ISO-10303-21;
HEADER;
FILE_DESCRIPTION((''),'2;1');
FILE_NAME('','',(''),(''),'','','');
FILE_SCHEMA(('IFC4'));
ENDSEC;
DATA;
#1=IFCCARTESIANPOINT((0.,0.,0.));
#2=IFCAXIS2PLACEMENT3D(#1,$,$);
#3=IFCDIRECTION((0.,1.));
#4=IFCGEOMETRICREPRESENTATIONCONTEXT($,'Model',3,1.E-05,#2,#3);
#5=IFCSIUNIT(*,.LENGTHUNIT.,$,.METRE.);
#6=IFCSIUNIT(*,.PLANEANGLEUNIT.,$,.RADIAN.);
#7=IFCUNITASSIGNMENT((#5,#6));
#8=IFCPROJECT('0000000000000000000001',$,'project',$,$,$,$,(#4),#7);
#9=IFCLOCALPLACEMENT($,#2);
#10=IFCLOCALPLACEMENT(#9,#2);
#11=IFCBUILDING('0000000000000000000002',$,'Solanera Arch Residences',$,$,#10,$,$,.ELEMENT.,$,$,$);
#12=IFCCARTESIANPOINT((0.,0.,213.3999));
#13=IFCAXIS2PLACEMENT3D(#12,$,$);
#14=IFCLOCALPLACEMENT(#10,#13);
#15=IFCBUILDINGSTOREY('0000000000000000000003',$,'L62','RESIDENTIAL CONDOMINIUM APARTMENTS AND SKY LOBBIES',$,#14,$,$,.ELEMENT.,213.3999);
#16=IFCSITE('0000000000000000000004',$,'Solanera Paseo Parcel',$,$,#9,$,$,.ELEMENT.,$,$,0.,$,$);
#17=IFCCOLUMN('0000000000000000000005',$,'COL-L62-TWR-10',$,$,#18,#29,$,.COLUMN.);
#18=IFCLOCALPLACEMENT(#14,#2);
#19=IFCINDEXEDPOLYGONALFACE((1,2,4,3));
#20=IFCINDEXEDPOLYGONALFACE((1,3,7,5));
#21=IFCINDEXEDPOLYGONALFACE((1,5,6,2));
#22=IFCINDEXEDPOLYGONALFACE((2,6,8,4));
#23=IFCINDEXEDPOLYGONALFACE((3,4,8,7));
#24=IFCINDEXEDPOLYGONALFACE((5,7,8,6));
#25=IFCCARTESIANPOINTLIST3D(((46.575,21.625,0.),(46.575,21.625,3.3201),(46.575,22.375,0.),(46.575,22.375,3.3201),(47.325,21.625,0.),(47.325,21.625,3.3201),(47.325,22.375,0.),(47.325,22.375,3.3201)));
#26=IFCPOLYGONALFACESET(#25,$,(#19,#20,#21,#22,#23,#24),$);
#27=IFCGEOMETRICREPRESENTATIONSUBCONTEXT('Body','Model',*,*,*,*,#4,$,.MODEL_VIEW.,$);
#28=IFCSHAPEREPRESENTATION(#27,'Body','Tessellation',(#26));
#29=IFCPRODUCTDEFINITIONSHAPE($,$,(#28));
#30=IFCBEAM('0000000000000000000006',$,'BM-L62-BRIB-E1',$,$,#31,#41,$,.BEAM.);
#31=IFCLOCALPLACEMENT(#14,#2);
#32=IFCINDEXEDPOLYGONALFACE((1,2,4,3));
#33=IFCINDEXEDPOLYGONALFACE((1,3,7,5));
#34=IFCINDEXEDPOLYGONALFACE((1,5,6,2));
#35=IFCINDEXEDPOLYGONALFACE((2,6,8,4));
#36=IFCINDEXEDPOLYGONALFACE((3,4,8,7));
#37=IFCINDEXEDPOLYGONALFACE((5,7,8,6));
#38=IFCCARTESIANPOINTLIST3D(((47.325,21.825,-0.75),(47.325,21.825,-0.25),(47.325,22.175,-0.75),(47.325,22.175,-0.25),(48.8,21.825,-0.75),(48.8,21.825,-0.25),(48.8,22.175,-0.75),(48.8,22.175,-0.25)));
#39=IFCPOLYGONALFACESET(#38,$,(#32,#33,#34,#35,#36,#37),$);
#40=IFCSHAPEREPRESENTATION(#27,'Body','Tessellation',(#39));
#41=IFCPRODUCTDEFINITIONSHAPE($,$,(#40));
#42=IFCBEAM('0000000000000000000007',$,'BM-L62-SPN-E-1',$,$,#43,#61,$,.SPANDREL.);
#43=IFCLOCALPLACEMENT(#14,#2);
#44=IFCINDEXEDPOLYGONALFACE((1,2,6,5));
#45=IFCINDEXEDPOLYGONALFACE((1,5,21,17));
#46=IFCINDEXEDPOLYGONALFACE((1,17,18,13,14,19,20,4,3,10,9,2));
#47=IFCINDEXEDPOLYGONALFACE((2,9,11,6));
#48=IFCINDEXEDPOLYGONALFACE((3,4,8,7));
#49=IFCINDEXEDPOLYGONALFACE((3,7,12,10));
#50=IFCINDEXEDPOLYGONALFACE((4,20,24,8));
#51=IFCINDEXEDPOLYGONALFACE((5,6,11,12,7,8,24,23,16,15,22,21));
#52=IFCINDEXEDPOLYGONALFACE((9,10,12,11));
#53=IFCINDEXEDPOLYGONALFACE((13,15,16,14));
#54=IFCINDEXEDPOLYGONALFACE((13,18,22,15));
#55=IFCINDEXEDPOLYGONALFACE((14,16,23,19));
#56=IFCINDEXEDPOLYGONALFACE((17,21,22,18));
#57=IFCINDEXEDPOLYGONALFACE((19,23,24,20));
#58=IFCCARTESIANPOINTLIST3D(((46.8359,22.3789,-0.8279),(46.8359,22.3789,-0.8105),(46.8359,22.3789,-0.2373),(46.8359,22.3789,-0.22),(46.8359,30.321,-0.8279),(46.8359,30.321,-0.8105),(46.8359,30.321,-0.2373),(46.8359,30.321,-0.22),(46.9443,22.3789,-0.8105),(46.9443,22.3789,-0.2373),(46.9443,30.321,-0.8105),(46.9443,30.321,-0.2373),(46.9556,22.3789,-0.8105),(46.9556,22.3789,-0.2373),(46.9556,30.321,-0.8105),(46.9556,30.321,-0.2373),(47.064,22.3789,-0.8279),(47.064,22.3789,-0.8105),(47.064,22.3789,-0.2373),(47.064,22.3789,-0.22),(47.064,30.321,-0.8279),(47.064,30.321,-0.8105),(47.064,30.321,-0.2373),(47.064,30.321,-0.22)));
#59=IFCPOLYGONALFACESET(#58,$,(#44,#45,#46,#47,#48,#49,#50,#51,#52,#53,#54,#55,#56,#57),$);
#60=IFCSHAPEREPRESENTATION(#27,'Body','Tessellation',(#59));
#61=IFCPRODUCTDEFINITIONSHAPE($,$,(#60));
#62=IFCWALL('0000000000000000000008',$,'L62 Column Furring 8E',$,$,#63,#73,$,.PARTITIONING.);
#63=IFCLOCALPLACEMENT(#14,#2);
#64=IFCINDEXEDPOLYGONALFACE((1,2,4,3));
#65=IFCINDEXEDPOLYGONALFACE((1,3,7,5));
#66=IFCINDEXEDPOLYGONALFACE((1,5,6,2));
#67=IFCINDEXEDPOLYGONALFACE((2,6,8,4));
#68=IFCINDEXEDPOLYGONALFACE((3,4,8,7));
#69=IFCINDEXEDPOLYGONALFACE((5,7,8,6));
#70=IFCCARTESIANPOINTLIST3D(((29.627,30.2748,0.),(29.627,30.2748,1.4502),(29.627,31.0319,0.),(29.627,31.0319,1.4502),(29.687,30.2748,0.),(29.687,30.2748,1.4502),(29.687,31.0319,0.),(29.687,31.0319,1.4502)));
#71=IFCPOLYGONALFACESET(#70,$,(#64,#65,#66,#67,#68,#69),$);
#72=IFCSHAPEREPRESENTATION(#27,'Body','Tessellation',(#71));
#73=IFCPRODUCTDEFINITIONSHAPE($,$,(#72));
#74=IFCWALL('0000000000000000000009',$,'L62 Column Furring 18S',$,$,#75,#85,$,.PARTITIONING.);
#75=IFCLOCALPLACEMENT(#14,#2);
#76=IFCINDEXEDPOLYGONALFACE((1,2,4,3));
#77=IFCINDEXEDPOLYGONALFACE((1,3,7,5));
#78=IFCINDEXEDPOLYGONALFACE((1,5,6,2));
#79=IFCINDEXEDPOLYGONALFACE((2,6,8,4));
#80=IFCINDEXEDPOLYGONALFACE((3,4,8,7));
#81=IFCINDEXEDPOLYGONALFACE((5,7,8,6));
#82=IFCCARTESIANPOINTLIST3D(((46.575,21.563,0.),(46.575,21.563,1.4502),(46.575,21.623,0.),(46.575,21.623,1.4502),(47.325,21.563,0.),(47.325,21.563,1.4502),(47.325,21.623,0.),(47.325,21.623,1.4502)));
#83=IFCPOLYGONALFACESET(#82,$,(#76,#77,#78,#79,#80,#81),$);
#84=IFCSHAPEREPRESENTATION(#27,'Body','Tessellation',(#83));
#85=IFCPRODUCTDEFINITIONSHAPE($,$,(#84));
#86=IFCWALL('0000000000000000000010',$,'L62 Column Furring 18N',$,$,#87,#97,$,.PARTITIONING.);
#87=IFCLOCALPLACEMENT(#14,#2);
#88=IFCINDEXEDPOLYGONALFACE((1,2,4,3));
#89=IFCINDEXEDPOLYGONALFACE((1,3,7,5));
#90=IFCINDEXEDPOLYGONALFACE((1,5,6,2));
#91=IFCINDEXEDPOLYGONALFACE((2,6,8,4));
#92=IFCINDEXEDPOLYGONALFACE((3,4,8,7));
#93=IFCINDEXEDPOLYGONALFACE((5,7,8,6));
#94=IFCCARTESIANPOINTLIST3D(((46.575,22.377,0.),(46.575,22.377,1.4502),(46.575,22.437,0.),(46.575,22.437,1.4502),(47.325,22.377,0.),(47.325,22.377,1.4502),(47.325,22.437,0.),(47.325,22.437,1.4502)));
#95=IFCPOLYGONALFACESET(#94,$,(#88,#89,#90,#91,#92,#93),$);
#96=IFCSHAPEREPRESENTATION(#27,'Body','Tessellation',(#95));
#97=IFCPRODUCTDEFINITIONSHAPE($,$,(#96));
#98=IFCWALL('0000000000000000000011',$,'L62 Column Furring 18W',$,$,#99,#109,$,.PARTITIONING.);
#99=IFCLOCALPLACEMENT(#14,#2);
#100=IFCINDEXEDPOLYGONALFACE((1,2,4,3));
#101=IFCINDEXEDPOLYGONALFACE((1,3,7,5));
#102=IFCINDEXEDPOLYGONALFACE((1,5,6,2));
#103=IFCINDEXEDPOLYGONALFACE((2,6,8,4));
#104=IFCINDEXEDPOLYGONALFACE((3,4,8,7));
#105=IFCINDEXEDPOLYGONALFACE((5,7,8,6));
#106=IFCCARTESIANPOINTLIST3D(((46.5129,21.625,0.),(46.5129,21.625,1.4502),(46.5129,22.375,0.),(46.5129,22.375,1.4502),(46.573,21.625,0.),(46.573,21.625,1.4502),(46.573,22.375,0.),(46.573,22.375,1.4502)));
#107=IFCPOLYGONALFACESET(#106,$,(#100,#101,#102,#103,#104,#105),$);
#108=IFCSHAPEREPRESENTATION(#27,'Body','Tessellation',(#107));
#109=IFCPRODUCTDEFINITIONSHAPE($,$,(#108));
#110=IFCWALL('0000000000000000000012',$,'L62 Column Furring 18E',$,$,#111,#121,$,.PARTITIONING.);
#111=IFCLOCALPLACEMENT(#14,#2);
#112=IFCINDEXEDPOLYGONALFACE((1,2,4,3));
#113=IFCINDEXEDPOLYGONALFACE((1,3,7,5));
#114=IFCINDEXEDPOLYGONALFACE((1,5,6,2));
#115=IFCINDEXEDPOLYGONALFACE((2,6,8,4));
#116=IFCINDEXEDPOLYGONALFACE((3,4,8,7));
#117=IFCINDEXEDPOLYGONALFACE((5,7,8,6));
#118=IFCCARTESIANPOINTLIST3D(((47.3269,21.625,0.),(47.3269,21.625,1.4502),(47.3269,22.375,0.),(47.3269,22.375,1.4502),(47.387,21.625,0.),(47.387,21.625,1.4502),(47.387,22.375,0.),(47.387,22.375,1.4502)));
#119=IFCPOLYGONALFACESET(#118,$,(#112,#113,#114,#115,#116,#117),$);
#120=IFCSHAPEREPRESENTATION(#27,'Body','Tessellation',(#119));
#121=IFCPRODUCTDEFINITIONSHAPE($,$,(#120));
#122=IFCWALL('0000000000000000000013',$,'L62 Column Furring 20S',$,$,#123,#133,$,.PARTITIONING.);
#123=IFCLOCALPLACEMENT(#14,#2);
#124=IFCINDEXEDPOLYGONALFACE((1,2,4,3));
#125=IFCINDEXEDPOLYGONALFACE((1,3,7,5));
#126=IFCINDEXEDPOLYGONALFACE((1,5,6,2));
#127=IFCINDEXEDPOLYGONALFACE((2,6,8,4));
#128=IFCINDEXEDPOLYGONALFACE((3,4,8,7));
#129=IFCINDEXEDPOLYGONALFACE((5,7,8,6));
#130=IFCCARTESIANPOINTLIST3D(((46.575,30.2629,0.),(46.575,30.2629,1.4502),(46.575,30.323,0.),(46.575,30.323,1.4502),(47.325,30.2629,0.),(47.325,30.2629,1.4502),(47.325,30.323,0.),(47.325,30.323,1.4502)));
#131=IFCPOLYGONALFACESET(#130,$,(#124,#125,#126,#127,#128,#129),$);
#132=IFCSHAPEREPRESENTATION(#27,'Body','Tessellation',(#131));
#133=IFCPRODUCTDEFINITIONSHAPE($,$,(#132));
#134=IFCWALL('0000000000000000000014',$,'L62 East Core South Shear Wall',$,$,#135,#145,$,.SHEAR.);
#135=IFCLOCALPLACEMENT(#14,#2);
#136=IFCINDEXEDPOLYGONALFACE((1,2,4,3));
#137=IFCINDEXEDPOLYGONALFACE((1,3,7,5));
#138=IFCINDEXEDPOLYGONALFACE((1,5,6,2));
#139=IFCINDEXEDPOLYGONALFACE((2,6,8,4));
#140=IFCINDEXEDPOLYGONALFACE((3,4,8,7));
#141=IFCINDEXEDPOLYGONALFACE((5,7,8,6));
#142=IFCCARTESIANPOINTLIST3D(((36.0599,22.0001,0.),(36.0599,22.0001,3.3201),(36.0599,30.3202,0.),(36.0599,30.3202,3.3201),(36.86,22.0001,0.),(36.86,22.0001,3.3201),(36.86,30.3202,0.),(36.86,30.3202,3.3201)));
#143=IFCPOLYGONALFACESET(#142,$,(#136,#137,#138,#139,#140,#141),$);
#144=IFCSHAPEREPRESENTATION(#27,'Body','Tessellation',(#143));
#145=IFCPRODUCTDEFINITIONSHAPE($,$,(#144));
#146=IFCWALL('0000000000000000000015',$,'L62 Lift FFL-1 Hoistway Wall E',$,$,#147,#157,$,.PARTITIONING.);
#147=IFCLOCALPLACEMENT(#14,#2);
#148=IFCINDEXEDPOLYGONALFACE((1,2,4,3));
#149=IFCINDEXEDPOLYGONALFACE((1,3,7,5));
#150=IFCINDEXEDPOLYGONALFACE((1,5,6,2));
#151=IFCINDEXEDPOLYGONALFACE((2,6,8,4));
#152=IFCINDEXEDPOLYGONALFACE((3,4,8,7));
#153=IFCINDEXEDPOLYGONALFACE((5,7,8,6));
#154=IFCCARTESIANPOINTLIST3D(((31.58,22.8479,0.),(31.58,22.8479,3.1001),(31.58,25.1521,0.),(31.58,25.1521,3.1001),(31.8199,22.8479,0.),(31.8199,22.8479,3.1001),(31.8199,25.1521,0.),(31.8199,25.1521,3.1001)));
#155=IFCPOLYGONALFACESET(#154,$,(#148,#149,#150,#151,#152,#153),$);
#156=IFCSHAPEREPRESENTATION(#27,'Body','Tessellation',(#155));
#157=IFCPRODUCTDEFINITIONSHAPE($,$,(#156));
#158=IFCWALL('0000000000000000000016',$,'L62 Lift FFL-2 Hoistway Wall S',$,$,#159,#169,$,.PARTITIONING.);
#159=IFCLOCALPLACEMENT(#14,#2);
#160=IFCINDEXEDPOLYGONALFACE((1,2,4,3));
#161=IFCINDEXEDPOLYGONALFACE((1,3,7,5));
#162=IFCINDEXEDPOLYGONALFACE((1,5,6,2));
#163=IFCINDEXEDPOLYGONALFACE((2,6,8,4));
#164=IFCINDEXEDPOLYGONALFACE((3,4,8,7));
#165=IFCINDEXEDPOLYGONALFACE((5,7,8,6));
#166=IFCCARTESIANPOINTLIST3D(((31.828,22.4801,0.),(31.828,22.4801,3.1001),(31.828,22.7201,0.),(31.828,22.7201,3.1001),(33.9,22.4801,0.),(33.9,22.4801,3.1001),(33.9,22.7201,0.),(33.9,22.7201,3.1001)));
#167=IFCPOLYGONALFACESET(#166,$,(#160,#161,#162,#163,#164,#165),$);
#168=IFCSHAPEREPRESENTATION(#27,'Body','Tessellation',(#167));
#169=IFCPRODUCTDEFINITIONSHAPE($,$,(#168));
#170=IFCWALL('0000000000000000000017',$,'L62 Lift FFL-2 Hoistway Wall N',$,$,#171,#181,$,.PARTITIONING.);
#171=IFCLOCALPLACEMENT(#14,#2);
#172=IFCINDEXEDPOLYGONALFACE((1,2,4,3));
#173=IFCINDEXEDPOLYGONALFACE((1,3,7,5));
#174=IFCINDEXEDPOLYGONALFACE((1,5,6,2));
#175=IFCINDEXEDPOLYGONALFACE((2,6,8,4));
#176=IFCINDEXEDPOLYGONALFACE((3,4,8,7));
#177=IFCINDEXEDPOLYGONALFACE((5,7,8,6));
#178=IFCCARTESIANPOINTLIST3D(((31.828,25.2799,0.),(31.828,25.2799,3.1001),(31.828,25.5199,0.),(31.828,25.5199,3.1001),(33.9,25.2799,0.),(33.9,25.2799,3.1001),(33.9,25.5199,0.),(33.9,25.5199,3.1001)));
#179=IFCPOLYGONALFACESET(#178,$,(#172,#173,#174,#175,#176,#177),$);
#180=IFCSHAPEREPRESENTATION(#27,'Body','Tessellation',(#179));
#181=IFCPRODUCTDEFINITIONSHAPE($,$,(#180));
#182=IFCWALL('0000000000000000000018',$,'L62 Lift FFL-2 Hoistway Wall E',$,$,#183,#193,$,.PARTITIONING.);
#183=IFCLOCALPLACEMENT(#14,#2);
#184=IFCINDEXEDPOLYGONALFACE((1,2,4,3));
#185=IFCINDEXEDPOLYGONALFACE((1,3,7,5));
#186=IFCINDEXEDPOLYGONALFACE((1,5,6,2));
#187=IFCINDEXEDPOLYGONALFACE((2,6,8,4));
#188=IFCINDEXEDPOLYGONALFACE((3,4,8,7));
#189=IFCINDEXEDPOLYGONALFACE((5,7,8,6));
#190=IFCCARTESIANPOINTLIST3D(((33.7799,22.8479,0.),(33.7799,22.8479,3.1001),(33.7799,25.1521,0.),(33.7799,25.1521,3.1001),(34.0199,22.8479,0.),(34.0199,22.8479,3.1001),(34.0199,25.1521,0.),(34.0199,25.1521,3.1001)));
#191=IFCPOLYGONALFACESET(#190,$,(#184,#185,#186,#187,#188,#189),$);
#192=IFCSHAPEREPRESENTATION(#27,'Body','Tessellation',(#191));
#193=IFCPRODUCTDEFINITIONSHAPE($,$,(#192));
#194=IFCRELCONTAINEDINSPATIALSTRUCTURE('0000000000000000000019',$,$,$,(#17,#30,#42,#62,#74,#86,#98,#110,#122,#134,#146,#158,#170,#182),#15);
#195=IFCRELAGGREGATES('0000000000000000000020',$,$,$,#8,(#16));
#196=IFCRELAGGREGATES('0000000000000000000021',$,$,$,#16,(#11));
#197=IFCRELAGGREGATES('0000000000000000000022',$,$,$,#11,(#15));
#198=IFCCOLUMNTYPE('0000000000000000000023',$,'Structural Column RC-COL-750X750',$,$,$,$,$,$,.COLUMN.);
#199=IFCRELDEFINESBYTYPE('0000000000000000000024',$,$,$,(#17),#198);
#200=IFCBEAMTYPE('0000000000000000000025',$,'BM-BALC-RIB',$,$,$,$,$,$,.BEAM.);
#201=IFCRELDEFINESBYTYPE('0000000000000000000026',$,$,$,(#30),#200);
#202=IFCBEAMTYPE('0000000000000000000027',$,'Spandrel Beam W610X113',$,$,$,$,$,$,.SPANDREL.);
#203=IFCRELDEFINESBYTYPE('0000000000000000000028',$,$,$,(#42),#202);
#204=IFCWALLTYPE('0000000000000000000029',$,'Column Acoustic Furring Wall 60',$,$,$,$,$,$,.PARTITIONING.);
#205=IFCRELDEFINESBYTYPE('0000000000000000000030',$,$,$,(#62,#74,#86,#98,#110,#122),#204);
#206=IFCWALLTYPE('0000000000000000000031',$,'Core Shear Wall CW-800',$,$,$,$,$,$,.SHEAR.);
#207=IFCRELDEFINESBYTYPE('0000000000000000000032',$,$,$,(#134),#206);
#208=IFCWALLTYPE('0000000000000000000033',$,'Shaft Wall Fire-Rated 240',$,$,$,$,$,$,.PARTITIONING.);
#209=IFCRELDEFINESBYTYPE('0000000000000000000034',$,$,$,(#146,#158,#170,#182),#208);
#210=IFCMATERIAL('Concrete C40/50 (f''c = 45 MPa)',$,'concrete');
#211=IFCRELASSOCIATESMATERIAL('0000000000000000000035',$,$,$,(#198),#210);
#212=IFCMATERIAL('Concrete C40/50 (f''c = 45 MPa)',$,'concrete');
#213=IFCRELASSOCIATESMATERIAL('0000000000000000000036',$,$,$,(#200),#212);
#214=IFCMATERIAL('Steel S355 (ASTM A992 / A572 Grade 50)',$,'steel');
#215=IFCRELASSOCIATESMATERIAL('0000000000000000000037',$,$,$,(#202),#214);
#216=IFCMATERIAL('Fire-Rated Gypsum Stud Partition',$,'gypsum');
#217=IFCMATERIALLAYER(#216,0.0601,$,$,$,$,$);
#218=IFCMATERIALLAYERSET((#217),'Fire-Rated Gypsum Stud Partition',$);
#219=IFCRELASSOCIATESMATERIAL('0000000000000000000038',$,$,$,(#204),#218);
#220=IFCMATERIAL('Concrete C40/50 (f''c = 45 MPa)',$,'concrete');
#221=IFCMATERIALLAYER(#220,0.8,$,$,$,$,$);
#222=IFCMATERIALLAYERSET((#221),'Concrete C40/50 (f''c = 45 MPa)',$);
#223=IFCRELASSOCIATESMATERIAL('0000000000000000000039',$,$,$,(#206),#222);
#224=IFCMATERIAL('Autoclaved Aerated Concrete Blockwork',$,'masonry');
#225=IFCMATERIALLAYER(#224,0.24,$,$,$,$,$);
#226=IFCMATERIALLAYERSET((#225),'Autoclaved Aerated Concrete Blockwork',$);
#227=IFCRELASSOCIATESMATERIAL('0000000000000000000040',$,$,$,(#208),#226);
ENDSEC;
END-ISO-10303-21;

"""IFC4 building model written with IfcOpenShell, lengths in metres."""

from ifc_helpers import new_model, si_unit, direction, frame, frame_2d, origin, origin_2d, place, context, subcontext, project, spatial, rectangle, i_section, extrude, material, layer, layer_set, material_profile, profile_set, type_object, element, save


model = new_model("IFC4")

# Units and contexts
model_context = context("Model", 3, precision=1e-05, world=origin(), true_north=direction((0.0, 1.0)))
body_context = subcontext(model_context, "Body", "Model", "MODEL_VIEW")
ifc_project = project(units=[si_unit("LENGTHUNIT", "METRE"), si_unit("PLANEANGLEUNIT", "RADIAN")], contexts=[model_context])

# Site, building, storey
site_placement = place(None, origin())
site = spatial("IfcSite", under=ifc_project, at=site_placement, Name="Solanera Paseo Parcel", CompositionType="ELEMENT", RefElevation=0.0)
building_placement = place(site_placement, origin())
building = spatial("IfcBuilding", under=site, at=building_placement, Name="Solanera Arch Residences", CompositionType="ELEMENT")
storey_placement = place(building_placement, frame((0.0, 0.0, 213.3999)))
storey = spatial("IfcBuildingStorey", under=building, at=storey_placement, Name="L62", Description="RESIDENTIAL CONDOMINIUM APARTMENTS AND SKY LOBBIES", CompositionType="ELEMENT", Elevation=213.3999)

# Column
ifc_material_1 = material(Name="Concrete C40/50 (f'c = 45 MPa)", Category="concrete")
ifc_material_profile_1 = material_profile(ifc_material_1, rectangle(XDim=0.75, YDim=0.75, at=origin_2d()))
ifc_profile_set_1 = profile_set([ifc_material_profile_1], Name="Concrete C40/50 (f'c = 45 MPa)")
column_type = type_object("IfcColumnType", Name="Structural Column RC-COL-750X750", PredefinedType="COLUMN", material=ifc_profile_set_1)
column_placement = place(storey_placement, frame((46.95, 22.0, 0.0), z_axis=(0.0, 0.0, 1.0), x_axis=(1.0, 0.0, 0.0)))
element("IfcColumn", 1, at=column_placement, inside=storey, type_object=column_type, Name="COL-L62-TWR-10", PredefinedType="COLUMN", context=body_context, shape_type="SweptSolid", body=[
    extrude(rectangle(XDim=0.75, YDim=0.75, at=origin_2d()), origin(), (0.0, 0.0, 1.0), 3.3201),
])

# Beams
ifc_material_2 = material(Name="Concrete C40/50 (f'c = 45 MPa)", Category="concrete")
ifc_material_profile_2 = material_profile(ifc_material_2, rectangle(XDim=0.3501, YDim=0.5, at=origin_2d()))
ifc_profile_set_2 = profile_set([ifc_material_profile_2], Name="Concrete C40/50 (f'c = 45 MPa)")
beam_type_1 = type_object("IfcBeamType", Name="BM-BALC-RIB", PredefinedType="BEAM", material=ifc_profile_set_2)
beam_1_placement = place(storey_placement, frame((47.325, 22.0, -0.5), z_axis=(1.0, 0.0, 0.0), x_axis=(0.0, 1.0, 0.0)))
element("IfcBeam", 2, at=beam_1_placement, inside=storey, type_object=beam_type_1, Name="BM-L62-BRIB-E1", PredefinedType="BEAM", context=body_context, shape_type="SweptSolid", body=[
    extrude(rectangle(XDim=0.3501, YDim=0.5, at=origin_2d()), origin(), (0.0, 0.0, 1.0), 1.4751),
])
ifc_material_3 = material(Name="Steel S355 (ASTM A992 / A572 Grade 50)", Category="steel")
ifc_material_profile_3 = material_profile(ifc_material_3, i_section(OverallWidth=0.228, OverallDepth=0.6079, WebThickness=0.0112, FlangeThickness=0.0173, at=origin_2d()))
ifc_profile_set_3 = profile_set([ifc_material_profile_3], Name="Steel S355 (ASTM A992 / A572 Grade 50)")
beam_type_2 = type_object("IfcBeamType", Name="Spandrel Beam W610X113", PredefinedType="SPANDREL", material=ifc_profile_set_3)
beam_2_placement = place(storey_placement, frame((46.95, 22.3789, -0.5239), z_axis=(0.0, 1.0, 0.0), x_axis=(-1.0, 0.0, 0.0)))
element("IfcBeam", 3, at=beam_2_placement, inside=storey, type_object=beam_type_2, Name="BM-L62-SPN-E-1", PredefinedType="SPANDREL", context=body_context, shape_type="SweptSolid", body=[
    extrude(i_section(OverallWidth=0.228, OverallDepth=0.6079, WebThickness=0.0112, FlangeThickness=0.0173, at=origin_2d()), origin(), (0.0, 0.0, 1.0), 7.9421),
])

# Walls
ifc_material_4 = material(Name="Fire-Rated Gypsum Stud Partition", Category="gypsum")
ifc_layer_1 = layer(ifc_material_4, 0.0601)
ifc_layer_set_1 = layer_set([ifc_layer_1], Name="Fire-Rated Gypsum Stud Partition")
wall_type_1 = type_object("IfcWallType", Name="Column Acoustic Furring Wall 60", PredefinedType="PARTITIONING", material=ifc_layer_set_1)
wall_1_placement = place(storey_placement, frame((29.657, 30.2749, 0.0), z_axis=(0.0, 0.0, 1.0), x_axis=(0.0, 1.0, 0.0)))
element("IfcWall", 4, at=wall_1_placement, inside=storey, type_object=wall_type_1, Name="L62 Column Furring 8E", PredefinedType="PARTITIONING", context=body_context, shape_type="SweptSolid", body=[
    extrude(rectangle(XDim=0.7571, YDim=0.0601, at=frame_2d((0.3784, 0.0))), origin(), (0.0, 0.0, 1.0), 1.4502),
])
for number, where, z_axis, x_axis, name in (
    (5, (46.575, 21.593, 0.0), (0.0, 0.0, 1.0), (1.0, 0.0, 0.0), "L62 Column Furring 18S"),
    (6, (46.575, 22.407, 0.0), (0.0, 0.0, 1.0), (1.0, 0.0, 0.0), "L62 Column Furring 18N"),
    (7, (46.543, 21.625, 0.0), (0.0, 0.0, 1.0), (0.0, 1.0, 0.0), "L62 Column Furring 18W"),
    (8, (47.3569, 21.625, 0.0), (0.0, 0.0, 1.0), (0.0, 1.0, 0.0), "L62 Column Furring 18E"),
    (9, (46.575, 30.293, 0.0), (0.0, 0.0, 1.0), (1.0, 0.0, 0.0), "L62 Column Furring 20S"),
):
    element("IfcWall", number, at=place(storey_placement, frame(where, z_axis=z_axis, x_axis=x_axis)), inside=storey, type_object=wall_type_1, Name=name, PredefinedType="PARTITIONING", context=body_context, shape_type="SweptSolid", body=[
        extrude(rectangle(XDim=0.75, YDim=0.0601, at=frame_2d((0.375, 0.0))), origin(), (0.0, 0.0, 1.0), 1.4502),
    ])
ifc_material_5 = material(Name="Concrete C40/50 (f'c = 45 MPa)", Category="concrete")
ifc_layer_2 = layer(ifc_material_5, 0.8)
ifc_layer_set_2 = layer_set([ifc_layer_2], Name="Concrete C40/50 (f'c = 45 MPa)")
wall_type_2 = type_object("IfcWallType", Name="Core Shear Wall CW-800", PredefinedType="SHEAR", material=ifc_layer_set_2)
wall_2_placement = place(storey_placement, frame((36.46, 22.0, 0.0), z_axis=(0.0, 0.0, 1.0), x_axis=(0.0, 1.0, 0.0)))
element("IfcWall", 10, at=wall_2_placement, inside=storey, type_object=wall_type_2, Name="L62 East Core South Shear Wall", PredefinedType="SHEAR", context=body_context, shape_type="SweptSolid", body=[
    extrude(rectangle(XDim=8.3201, YDim=0.8, at=frame_2d((4.1602, 0.0))), origin(), (0.0, 0.0, 1.0), 3.3201),
])
ifc_material_6 = material(Name="Autoclaved Aerated Concrete Blockwork", Category="masonry")
ifc_layer_3 = layer(ifc_material_6, 0.24)
ifc_layer_set_3 = layer_set([ifc_layer_3], Name="Autoclaved Aerated Concrete Blockwork")
wall_type_3 = type_object("IfcWallType", Name="Shaft Wall Fire-Rated 240", PredefinedType="PARTITIONING", material=ifc_layer_set_3)
wall_3_placement = place(storey_placement, frame((31.7, 22.8479, 0.0), z_axis=(0.0, 0.0, 1.0), x_axis=(0.0, 1.0, 0.0)))
element("IfcWall", 11, at=wall_3_placement, inside=storey, type_object=wall_type_3, Name="L62 Lift FFL-1 Hoistway Wall E", PredefinedType="PARTITIONING", context=body_context, shape_type="SweptSolid", body=[
    extrude(rectangle(XDim=2.3042, YDim=0.24, at=frame_2d((1.1521, 0.0))), origin(), (0.0, 0.0, 1.0), 3.1001),
])
for number, where, z_axis, x_axis, name in (
    (12, (31.8279, 22.6001, 0.0), (0.0, 0.0, 1.0), (1.0, 0.0, 0.0), "L62 Lift FFL-2 Hoistway Wall S"),
    (13, (31.8279, 25.3999, 0.0), (0.0, 0.0, 1.0), (1.0, 0.0, 0.0), "L62 Lift FFL-2 Hoistway Wall N"),
):
    element("IfcWall", number, at=place(storey_placement, frame(where, z_axis=z_axis, x_axis=x_axis)), inside=storey, type_object=wall_type_3, Name=name, PredefinedType="PARTITIONING", context=body_context, shape_type="SweptSolid", body=[
        extrude(rectangle(XDim=2.072, YDim=0.24, at=frame_2d((1.0361, 0.0))), origin(), (0.0, 0.0, 1.0), 3.1001),
    ])
wall_4_placement = place(storey_placement, frame((33.8999, 22.8479, 0.0), z_axis=(0.0, 0.0, 1.0), x_axis=(0.0, 1.0, 0.0)))
element("IfcWall", 14, at=wall_4_placement, inside=storey, type_object=wall_type_3, Name="L62 Lift FFL-2 Hoistway Wall E", PredefinedType="PARTITIONING", context=body_context, shape_type="SweptSolid", body=[
    extrude(rectangle(XDim=2.3042, YDim=0.24, at=frame_2d((1.1521, 0.0))), origin(), (0.0, 0.0, 1.0), 3.1001),
])

save(model, "model.ifc")
